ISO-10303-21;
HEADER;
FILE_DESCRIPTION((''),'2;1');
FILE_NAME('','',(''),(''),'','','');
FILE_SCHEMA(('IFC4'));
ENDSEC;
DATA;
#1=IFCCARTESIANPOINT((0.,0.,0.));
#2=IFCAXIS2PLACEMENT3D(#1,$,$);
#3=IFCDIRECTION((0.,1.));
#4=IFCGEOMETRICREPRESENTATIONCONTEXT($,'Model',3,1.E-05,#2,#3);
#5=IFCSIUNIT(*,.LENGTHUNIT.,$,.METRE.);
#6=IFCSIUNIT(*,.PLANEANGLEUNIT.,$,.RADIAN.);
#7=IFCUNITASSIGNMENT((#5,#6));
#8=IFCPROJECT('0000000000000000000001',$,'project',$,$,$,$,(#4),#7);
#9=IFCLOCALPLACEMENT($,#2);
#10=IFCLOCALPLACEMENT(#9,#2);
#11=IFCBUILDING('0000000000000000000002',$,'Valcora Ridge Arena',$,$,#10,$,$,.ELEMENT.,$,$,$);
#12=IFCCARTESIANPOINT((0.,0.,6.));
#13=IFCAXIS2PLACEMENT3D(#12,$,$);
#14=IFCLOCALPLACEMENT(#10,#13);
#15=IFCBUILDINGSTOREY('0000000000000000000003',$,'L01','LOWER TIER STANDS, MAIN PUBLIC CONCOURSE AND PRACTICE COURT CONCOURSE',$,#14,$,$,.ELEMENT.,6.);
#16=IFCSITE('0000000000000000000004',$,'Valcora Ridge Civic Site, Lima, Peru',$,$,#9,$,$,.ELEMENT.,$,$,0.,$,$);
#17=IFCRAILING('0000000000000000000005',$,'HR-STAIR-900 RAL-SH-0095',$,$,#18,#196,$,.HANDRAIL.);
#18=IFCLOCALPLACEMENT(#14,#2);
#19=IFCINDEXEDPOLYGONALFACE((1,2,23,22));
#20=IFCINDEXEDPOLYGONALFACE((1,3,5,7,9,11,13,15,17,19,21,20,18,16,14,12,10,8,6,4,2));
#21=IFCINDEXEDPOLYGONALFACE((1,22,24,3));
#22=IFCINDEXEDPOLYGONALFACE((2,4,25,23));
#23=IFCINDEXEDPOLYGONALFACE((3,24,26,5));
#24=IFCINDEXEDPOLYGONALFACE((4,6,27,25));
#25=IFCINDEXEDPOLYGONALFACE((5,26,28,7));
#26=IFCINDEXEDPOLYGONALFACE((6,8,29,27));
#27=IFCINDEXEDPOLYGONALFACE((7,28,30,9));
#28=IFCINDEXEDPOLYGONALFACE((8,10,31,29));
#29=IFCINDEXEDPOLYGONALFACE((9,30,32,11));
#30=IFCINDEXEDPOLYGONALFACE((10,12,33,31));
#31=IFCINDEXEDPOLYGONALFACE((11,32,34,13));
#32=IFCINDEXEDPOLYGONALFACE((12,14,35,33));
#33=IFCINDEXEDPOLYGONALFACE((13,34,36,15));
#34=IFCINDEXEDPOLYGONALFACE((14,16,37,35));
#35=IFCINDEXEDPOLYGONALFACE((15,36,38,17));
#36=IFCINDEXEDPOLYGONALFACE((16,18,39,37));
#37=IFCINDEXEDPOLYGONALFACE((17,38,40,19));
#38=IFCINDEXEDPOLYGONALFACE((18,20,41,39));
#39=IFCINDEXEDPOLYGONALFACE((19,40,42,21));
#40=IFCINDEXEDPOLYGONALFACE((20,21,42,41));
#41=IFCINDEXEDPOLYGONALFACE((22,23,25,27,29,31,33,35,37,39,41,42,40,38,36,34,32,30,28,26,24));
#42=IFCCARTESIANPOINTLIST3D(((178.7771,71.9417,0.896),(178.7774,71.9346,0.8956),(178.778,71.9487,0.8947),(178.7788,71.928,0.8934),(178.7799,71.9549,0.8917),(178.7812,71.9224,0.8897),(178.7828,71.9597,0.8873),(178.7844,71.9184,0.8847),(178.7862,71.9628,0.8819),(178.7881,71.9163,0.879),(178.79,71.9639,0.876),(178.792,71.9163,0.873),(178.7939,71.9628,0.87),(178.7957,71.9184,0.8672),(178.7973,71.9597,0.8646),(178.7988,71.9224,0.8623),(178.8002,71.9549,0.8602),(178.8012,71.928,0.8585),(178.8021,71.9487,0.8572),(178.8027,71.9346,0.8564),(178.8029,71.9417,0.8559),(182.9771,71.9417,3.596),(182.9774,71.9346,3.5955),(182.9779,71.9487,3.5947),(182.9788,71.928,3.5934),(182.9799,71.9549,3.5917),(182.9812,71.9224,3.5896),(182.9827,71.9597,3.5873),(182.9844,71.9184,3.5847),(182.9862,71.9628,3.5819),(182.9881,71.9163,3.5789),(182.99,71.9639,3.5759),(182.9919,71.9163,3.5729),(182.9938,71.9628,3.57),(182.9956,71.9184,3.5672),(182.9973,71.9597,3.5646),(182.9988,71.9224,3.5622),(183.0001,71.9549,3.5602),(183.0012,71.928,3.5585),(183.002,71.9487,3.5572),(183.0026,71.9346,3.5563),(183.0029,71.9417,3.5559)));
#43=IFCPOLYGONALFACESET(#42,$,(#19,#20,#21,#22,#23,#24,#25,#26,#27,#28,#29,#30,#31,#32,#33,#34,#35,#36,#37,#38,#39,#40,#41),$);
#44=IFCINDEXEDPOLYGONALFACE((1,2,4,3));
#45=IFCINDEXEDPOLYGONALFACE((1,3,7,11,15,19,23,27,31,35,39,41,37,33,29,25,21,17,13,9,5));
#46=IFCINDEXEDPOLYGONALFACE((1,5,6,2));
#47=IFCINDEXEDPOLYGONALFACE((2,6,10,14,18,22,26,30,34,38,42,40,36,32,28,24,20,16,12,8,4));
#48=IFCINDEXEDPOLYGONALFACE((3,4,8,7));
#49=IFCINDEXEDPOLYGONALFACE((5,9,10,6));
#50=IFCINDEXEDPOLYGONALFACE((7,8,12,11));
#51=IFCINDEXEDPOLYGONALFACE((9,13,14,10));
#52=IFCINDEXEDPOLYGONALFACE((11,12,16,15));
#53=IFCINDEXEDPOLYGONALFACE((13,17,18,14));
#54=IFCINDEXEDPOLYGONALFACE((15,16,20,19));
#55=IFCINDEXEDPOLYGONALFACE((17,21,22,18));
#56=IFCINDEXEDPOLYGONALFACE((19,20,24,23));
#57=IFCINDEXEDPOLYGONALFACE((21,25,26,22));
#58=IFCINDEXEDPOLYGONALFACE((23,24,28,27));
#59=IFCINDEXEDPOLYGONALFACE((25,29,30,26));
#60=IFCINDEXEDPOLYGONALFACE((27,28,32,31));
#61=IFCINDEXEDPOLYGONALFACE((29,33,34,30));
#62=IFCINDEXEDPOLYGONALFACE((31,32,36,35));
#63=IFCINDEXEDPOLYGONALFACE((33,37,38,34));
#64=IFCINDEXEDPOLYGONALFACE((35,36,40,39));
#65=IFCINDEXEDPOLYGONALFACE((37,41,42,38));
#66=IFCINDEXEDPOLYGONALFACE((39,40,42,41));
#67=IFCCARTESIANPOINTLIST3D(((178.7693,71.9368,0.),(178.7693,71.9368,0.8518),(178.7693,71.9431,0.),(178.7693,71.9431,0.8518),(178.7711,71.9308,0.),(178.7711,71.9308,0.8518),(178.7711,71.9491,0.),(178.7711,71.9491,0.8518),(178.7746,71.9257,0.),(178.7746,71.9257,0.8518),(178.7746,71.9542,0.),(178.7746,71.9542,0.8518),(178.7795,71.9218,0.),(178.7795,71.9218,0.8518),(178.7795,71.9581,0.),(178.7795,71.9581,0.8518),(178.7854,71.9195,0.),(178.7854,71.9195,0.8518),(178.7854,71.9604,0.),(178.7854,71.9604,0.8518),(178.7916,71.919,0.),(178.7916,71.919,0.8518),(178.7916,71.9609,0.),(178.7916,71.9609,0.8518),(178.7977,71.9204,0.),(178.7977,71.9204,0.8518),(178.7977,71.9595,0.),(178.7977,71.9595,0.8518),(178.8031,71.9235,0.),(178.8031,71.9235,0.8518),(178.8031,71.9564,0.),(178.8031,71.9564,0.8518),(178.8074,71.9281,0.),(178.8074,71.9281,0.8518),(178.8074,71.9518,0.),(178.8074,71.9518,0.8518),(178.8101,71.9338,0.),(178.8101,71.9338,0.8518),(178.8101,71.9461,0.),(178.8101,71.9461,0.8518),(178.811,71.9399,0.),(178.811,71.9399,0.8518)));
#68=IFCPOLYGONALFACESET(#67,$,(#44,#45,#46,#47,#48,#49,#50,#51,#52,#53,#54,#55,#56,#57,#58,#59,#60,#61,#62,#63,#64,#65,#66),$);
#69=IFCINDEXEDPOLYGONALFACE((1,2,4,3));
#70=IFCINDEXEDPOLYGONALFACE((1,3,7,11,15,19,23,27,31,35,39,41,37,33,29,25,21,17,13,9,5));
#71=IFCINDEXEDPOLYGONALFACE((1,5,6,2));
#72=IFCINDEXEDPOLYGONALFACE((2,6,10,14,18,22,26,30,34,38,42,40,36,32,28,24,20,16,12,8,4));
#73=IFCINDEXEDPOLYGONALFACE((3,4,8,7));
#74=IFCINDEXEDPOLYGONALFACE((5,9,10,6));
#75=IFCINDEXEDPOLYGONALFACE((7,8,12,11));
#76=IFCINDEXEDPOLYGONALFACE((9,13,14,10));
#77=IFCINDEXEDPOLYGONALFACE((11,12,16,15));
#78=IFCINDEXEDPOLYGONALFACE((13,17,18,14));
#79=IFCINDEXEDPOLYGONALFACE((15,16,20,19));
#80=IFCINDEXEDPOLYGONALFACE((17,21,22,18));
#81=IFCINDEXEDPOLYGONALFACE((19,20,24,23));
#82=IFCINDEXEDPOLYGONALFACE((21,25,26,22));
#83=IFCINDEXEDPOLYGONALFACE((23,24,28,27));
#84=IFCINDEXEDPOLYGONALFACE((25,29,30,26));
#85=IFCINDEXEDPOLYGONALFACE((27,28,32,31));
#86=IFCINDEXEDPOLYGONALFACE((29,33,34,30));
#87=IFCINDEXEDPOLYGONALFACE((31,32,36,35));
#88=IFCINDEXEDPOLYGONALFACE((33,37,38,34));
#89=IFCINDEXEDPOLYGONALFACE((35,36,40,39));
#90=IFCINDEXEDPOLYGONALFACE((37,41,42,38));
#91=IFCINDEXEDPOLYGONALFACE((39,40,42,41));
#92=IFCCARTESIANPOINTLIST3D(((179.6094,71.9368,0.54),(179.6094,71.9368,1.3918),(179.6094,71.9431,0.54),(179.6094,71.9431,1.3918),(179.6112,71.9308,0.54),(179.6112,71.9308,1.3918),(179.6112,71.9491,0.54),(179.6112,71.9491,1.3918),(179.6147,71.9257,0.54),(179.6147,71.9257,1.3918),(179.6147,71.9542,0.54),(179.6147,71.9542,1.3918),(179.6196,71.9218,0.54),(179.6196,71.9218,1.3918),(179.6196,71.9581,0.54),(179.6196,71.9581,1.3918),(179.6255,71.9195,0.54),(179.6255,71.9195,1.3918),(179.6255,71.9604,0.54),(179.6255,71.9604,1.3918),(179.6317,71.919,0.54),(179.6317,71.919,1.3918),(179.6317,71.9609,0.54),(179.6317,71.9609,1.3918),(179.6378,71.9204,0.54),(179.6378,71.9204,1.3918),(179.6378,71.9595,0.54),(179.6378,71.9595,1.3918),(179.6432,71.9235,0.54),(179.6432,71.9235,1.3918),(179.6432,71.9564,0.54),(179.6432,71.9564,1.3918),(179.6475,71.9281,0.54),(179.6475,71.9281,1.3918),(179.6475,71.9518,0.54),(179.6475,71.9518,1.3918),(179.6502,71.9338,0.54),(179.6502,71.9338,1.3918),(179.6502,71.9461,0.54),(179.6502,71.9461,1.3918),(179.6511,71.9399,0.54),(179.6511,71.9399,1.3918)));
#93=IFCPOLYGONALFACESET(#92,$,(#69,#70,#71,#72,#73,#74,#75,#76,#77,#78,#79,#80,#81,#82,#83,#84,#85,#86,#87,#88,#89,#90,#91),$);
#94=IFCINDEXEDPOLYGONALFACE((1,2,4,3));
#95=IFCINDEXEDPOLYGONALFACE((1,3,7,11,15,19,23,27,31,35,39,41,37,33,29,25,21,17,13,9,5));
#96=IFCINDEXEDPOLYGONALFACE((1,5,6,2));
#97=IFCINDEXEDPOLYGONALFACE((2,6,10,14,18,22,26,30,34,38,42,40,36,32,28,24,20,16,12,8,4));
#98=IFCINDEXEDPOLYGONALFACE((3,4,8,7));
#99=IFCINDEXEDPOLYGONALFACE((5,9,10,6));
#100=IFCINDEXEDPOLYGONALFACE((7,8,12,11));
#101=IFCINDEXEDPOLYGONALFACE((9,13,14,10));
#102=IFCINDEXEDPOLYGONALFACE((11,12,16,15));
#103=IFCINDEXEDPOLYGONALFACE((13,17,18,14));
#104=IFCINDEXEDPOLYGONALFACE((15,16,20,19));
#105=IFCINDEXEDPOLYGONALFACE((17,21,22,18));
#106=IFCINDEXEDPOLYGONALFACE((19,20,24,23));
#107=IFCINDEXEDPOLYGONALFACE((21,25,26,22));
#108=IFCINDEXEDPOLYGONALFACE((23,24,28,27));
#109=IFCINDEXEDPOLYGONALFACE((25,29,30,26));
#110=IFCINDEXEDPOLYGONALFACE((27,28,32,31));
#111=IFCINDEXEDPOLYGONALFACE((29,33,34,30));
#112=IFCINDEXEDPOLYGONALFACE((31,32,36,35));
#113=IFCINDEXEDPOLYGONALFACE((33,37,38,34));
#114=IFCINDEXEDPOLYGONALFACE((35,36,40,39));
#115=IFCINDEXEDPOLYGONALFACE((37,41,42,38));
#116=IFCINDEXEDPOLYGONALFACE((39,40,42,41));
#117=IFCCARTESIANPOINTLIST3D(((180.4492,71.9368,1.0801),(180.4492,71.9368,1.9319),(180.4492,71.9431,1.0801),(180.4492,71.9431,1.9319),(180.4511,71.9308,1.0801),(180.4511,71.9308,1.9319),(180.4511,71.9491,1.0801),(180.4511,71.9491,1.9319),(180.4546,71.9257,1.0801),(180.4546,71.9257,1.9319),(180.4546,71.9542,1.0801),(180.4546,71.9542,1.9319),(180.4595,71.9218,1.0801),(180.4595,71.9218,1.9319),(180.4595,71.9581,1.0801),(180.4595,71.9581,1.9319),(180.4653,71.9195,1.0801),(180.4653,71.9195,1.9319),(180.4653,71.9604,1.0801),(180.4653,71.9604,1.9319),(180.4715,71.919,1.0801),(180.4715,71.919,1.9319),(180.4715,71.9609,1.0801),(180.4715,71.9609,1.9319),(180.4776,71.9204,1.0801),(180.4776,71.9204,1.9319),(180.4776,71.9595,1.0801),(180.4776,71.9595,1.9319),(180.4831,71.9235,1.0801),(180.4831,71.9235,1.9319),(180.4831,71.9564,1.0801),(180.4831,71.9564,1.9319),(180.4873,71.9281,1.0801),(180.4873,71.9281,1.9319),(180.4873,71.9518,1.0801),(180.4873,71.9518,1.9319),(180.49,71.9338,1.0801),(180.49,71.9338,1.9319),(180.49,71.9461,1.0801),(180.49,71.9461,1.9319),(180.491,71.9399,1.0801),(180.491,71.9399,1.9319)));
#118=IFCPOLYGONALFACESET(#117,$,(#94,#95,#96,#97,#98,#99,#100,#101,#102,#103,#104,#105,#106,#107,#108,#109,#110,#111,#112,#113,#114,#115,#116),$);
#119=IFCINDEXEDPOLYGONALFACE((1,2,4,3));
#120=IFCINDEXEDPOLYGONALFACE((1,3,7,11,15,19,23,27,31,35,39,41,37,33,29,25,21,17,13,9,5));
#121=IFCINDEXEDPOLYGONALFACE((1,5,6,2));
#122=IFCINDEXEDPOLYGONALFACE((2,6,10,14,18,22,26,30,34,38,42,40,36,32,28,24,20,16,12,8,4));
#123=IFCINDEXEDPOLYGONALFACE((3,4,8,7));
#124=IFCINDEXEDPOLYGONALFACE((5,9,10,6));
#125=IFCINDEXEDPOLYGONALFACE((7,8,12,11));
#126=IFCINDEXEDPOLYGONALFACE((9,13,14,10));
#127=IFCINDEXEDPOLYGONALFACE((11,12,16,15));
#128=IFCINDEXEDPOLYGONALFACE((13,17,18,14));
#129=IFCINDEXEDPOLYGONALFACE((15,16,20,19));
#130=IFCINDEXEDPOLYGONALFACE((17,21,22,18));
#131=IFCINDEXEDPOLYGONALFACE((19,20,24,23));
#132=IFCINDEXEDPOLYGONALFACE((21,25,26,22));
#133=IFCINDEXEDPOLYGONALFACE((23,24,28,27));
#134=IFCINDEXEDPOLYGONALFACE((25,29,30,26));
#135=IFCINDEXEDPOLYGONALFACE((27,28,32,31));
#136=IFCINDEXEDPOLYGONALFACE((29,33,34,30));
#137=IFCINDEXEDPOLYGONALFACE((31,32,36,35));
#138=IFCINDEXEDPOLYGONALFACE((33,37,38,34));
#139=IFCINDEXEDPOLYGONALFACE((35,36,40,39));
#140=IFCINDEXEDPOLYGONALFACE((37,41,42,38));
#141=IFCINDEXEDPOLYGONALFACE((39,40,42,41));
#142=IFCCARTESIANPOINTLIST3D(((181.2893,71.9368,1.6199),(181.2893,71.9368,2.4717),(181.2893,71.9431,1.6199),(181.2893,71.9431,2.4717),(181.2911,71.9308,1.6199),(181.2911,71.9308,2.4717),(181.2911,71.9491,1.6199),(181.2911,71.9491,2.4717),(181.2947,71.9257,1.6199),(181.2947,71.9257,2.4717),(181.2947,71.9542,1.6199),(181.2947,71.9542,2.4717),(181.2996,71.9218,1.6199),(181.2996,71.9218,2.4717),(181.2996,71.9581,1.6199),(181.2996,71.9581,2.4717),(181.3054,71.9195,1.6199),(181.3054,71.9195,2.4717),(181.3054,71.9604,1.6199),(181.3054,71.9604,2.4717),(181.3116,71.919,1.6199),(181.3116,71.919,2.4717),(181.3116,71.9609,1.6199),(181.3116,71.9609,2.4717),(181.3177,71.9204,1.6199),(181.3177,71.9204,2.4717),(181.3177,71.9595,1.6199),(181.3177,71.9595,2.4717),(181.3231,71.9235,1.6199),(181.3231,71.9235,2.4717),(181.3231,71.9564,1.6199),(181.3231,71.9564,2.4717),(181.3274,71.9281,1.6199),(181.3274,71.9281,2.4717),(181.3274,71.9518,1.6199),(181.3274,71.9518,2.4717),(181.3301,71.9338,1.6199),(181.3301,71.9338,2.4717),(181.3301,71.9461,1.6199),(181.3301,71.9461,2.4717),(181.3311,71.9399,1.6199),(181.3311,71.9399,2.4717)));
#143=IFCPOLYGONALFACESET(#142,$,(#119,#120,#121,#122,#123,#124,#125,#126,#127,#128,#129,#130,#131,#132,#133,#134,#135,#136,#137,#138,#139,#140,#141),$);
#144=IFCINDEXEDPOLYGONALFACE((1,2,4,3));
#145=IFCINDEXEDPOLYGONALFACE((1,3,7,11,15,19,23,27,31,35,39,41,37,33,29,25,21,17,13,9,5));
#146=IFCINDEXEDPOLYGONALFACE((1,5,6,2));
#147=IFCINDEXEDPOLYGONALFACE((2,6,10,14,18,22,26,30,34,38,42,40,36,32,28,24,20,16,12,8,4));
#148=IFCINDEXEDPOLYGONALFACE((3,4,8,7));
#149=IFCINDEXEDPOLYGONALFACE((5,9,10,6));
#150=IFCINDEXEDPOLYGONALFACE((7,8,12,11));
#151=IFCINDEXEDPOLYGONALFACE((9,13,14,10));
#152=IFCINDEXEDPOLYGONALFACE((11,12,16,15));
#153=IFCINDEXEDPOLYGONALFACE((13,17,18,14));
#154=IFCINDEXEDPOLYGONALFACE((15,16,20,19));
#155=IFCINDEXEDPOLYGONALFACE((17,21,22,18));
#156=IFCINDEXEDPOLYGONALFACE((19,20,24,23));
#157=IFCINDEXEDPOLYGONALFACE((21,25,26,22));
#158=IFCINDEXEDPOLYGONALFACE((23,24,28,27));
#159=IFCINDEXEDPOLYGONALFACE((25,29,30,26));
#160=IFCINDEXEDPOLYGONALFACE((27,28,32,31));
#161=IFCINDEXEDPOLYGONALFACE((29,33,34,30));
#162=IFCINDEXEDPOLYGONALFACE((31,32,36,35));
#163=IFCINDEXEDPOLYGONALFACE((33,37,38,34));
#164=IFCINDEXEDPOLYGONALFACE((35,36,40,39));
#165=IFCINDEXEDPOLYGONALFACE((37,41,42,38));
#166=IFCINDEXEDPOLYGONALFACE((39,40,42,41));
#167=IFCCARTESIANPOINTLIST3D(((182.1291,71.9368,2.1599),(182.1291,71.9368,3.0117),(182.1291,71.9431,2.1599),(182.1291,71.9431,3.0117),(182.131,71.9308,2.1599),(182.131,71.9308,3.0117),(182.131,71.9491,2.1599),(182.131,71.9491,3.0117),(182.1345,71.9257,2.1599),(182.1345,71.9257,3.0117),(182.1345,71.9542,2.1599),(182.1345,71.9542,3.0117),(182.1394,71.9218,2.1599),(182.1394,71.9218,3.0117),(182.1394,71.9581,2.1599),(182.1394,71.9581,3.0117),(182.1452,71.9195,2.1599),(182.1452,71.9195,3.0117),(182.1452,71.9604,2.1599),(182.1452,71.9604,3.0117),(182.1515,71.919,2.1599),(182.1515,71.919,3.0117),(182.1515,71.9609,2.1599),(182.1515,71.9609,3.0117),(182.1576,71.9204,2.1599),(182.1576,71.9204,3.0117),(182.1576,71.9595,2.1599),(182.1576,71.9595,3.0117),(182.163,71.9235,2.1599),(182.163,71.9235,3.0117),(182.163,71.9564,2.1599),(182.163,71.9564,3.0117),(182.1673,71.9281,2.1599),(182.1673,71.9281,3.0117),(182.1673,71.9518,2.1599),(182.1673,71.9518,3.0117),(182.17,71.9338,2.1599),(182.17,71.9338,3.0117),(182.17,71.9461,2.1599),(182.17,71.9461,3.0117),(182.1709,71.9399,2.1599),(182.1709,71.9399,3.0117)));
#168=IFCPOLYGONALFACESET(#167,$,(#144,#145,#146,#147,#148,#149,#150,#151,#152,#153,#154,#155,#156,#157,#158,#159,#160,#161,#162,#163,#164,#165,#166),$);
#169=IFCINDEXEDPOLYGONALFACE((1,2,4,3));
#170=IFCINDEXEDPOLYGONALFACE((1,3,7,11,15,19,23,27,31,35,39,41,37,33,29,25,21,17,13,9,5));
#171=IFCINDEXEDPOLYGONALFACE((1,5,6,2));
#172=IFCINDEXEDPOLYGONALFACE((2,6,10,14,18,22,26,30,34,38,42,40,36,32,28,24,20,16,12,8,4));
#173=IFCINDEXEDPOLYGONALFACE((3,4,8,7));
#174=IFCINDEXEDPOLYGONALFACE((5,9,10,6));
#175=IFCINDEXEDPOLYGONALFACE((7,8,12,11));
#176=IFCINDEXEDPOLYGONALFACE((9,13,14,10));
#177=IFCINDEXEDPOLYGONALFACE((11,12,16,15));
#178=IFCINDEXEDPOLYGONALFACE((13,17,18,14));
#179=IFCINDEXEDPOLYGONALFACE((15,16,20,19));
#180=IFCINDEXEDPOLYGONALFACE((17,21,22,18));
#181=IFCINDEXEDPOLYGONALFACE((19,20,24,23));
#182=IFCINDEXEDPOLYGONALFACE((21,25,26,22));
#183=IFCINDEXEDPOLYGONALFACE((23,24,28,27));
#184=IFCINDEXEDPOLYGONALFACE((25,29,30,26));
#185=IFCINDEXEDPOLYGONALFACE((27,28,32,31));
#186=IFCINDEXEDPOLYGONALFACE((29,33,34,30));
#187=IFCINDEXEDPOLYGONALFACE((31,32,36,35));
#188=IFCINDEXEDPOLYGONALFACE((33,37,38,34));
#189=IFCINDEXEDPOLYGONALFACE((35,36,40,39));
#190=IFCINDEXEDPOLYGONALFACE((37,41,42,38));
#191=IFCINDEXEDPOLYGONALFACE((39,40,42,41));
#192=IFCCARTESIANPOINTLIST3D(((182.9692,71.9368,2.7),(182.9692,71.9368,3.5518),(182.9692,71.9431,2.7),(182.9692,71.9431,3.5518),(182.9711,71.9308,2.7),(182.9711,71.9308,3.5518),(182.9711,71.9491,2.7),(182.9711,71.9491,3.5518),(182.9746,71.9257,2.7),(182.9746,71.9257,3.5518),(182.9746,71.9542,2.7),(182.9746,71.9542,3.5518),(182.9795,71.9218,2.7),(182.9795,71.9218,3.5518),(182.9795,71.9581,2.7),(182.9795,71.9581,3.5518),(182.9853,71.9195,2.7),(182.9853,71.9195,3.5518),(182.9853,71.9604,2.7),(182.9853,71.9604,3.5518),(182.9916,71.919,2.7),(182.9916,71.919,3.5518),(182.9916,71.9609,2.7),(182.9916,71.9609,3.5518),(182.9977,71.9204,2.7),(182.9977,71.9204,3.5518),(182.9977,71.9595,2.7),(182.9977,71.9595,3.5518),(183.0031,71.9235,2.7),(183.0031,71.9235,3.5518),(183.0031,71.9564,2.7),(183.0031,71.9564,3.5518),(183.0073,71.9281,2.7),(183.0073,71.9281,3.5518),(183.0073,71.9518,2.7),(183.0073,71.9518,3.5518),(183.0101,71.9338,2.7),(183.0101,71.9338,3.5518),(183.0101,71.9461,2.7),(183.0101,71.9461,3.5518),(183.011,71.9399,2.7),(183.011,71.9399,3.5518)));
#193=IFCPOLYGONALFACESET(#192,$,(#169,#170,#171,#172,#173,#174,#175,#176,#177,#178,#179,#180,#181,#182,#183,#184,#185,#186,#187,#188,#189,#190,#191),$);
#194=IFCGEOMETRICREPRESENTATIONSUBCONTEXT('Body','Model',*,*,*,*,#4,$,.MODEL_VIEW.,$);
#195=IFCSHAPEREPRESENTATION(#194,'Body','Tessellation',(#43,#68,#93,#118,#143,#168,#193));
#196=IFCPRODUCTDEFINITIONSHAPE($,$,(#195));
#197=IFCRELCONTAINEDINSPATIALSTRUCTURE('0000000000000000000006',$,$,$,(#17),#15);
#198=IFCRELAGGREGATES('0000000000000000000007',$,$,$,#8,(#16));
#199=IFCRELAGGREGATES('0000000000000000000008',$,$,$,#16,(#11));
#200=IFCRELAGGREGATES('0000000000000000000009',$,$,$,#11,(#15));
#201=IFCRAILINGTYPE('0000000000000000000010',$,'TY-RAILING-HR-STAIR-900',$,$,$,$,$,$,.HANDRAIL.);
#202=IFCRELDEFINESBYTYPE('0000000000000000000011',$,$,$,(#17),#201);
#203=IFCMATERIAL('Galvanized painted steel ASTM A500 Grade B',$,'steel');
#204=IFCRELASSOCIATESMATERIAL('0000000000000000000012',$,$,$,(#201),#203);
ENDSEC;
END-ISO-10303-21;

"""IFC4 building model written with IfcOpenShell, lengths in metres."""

from ifc_helpers import new_model, si_unit, direction, frame, origin, origin_2d, place, context, subcontext, project, spatial, circle, extrude, material, type_object, element, save


model = new_model("IFC4")

# Units and contexts
model_context = context("Model", 3, precision=1e-05, world=origin(), true_north=direction((0.0, 1.0)))
body_context = subcontext(model_context, "Body", "Model", "MODEL_VIEW")
ifc_project = project(units=[si_unit("LENGTHUNIT", "METRE"), si_unit("PLANEANGLEUNIT", "RADIAN")], contexts=[model_context])

# Site, building, storey
site_placement = place(None, origin())
site = spatial("IfcSite", under=ifc_project, at=site_placement, Name="Valcora Ridge Civic Site, Lima, Peru", CompositionType="ELEMENT", RefElevation=0.0)
building_placement = place(site_placement, origin())
building = spatial("IfcBuilding", under=site, at=building_placement, Name="Valcora Ridge Arena", CompositionType="ELEMENT")
storey_placement = place(building_placement, frame((0.0, 0.0, 6.0)))
storey = spatial("IfcBuildingStorey", under=building, at=storey_placement, Name="L01", Description="LOWER TIER STANDS, MAIN PUBLIC CONCOURSE AND PRACTICE COURT CONCOURSE", CompositionType="ELEMENT", Elevation=6.0)

# Railing
ifc_material_1 = material(Name="Galvanized painted steel ASTM A500 Grade B", Category="steel")
railing_type_1 = type_object("IfcRailingType", Name="TY-RAILING-HR-STAIR-900", PredefinedType="HANDRAIL", material=ifc_material_1)
railing_1_placement = place(storey_placement, frame((178.79, 71.9399, 0.0)))
element("IfcRailing", 1, at=railing_1_placement, inside=storey, type_object=railing_type_1, Name="HR-STAIR-900 RAL-SH-0095", PredefinedType="HANDRAIL", context=body_context, shape_type="SweptSolid", body=[
    extrude(circle(Radius=0.0239, at=origin_2d()), frame((0.0, 0.0, 0.876), z_axis=(0.84118, 0.0, 0.540755), x_axis=(0.0, 1.0, 0.0)), (0.0, 0.0, 1.0), 4.9929),
    extrude(circle(Radius=0.021, at=origin_2d()), origin(), (0.0, 0.0, 1.0), 0.8518),
    extrude(circle(Radius=0.021, at=origin_2d()), frame((0.8401, 0.0, 0.54)), (0.0, 0.0, 1.0), 0.8518),
    extrude(circle(Radius=0.021, at=origin_2d()), frame((1.6799, 0.0, 1.0801)), (0.0, 0.0, 1.0), 0.8518),
    extrude(circle(Radius=0.021, at=origin_2d()), frame((2.52, 0.0, 1.6199)), (0.0, 0.0, 1.0), 0.8518),
    extrude(circle(Radius=0.021, at=origin_2d()), frame((3.3599, 0.0, 2.1599)), (0.0, 0.0, 1.0), 0.8518),
    extrude(circle(Radius=0.021, at=origin_2d()), frame((4.2, 0.0, 2.7)), (0.0, 0.0, 1.0), 0.8518),
])

save(model, "model.ifc")
